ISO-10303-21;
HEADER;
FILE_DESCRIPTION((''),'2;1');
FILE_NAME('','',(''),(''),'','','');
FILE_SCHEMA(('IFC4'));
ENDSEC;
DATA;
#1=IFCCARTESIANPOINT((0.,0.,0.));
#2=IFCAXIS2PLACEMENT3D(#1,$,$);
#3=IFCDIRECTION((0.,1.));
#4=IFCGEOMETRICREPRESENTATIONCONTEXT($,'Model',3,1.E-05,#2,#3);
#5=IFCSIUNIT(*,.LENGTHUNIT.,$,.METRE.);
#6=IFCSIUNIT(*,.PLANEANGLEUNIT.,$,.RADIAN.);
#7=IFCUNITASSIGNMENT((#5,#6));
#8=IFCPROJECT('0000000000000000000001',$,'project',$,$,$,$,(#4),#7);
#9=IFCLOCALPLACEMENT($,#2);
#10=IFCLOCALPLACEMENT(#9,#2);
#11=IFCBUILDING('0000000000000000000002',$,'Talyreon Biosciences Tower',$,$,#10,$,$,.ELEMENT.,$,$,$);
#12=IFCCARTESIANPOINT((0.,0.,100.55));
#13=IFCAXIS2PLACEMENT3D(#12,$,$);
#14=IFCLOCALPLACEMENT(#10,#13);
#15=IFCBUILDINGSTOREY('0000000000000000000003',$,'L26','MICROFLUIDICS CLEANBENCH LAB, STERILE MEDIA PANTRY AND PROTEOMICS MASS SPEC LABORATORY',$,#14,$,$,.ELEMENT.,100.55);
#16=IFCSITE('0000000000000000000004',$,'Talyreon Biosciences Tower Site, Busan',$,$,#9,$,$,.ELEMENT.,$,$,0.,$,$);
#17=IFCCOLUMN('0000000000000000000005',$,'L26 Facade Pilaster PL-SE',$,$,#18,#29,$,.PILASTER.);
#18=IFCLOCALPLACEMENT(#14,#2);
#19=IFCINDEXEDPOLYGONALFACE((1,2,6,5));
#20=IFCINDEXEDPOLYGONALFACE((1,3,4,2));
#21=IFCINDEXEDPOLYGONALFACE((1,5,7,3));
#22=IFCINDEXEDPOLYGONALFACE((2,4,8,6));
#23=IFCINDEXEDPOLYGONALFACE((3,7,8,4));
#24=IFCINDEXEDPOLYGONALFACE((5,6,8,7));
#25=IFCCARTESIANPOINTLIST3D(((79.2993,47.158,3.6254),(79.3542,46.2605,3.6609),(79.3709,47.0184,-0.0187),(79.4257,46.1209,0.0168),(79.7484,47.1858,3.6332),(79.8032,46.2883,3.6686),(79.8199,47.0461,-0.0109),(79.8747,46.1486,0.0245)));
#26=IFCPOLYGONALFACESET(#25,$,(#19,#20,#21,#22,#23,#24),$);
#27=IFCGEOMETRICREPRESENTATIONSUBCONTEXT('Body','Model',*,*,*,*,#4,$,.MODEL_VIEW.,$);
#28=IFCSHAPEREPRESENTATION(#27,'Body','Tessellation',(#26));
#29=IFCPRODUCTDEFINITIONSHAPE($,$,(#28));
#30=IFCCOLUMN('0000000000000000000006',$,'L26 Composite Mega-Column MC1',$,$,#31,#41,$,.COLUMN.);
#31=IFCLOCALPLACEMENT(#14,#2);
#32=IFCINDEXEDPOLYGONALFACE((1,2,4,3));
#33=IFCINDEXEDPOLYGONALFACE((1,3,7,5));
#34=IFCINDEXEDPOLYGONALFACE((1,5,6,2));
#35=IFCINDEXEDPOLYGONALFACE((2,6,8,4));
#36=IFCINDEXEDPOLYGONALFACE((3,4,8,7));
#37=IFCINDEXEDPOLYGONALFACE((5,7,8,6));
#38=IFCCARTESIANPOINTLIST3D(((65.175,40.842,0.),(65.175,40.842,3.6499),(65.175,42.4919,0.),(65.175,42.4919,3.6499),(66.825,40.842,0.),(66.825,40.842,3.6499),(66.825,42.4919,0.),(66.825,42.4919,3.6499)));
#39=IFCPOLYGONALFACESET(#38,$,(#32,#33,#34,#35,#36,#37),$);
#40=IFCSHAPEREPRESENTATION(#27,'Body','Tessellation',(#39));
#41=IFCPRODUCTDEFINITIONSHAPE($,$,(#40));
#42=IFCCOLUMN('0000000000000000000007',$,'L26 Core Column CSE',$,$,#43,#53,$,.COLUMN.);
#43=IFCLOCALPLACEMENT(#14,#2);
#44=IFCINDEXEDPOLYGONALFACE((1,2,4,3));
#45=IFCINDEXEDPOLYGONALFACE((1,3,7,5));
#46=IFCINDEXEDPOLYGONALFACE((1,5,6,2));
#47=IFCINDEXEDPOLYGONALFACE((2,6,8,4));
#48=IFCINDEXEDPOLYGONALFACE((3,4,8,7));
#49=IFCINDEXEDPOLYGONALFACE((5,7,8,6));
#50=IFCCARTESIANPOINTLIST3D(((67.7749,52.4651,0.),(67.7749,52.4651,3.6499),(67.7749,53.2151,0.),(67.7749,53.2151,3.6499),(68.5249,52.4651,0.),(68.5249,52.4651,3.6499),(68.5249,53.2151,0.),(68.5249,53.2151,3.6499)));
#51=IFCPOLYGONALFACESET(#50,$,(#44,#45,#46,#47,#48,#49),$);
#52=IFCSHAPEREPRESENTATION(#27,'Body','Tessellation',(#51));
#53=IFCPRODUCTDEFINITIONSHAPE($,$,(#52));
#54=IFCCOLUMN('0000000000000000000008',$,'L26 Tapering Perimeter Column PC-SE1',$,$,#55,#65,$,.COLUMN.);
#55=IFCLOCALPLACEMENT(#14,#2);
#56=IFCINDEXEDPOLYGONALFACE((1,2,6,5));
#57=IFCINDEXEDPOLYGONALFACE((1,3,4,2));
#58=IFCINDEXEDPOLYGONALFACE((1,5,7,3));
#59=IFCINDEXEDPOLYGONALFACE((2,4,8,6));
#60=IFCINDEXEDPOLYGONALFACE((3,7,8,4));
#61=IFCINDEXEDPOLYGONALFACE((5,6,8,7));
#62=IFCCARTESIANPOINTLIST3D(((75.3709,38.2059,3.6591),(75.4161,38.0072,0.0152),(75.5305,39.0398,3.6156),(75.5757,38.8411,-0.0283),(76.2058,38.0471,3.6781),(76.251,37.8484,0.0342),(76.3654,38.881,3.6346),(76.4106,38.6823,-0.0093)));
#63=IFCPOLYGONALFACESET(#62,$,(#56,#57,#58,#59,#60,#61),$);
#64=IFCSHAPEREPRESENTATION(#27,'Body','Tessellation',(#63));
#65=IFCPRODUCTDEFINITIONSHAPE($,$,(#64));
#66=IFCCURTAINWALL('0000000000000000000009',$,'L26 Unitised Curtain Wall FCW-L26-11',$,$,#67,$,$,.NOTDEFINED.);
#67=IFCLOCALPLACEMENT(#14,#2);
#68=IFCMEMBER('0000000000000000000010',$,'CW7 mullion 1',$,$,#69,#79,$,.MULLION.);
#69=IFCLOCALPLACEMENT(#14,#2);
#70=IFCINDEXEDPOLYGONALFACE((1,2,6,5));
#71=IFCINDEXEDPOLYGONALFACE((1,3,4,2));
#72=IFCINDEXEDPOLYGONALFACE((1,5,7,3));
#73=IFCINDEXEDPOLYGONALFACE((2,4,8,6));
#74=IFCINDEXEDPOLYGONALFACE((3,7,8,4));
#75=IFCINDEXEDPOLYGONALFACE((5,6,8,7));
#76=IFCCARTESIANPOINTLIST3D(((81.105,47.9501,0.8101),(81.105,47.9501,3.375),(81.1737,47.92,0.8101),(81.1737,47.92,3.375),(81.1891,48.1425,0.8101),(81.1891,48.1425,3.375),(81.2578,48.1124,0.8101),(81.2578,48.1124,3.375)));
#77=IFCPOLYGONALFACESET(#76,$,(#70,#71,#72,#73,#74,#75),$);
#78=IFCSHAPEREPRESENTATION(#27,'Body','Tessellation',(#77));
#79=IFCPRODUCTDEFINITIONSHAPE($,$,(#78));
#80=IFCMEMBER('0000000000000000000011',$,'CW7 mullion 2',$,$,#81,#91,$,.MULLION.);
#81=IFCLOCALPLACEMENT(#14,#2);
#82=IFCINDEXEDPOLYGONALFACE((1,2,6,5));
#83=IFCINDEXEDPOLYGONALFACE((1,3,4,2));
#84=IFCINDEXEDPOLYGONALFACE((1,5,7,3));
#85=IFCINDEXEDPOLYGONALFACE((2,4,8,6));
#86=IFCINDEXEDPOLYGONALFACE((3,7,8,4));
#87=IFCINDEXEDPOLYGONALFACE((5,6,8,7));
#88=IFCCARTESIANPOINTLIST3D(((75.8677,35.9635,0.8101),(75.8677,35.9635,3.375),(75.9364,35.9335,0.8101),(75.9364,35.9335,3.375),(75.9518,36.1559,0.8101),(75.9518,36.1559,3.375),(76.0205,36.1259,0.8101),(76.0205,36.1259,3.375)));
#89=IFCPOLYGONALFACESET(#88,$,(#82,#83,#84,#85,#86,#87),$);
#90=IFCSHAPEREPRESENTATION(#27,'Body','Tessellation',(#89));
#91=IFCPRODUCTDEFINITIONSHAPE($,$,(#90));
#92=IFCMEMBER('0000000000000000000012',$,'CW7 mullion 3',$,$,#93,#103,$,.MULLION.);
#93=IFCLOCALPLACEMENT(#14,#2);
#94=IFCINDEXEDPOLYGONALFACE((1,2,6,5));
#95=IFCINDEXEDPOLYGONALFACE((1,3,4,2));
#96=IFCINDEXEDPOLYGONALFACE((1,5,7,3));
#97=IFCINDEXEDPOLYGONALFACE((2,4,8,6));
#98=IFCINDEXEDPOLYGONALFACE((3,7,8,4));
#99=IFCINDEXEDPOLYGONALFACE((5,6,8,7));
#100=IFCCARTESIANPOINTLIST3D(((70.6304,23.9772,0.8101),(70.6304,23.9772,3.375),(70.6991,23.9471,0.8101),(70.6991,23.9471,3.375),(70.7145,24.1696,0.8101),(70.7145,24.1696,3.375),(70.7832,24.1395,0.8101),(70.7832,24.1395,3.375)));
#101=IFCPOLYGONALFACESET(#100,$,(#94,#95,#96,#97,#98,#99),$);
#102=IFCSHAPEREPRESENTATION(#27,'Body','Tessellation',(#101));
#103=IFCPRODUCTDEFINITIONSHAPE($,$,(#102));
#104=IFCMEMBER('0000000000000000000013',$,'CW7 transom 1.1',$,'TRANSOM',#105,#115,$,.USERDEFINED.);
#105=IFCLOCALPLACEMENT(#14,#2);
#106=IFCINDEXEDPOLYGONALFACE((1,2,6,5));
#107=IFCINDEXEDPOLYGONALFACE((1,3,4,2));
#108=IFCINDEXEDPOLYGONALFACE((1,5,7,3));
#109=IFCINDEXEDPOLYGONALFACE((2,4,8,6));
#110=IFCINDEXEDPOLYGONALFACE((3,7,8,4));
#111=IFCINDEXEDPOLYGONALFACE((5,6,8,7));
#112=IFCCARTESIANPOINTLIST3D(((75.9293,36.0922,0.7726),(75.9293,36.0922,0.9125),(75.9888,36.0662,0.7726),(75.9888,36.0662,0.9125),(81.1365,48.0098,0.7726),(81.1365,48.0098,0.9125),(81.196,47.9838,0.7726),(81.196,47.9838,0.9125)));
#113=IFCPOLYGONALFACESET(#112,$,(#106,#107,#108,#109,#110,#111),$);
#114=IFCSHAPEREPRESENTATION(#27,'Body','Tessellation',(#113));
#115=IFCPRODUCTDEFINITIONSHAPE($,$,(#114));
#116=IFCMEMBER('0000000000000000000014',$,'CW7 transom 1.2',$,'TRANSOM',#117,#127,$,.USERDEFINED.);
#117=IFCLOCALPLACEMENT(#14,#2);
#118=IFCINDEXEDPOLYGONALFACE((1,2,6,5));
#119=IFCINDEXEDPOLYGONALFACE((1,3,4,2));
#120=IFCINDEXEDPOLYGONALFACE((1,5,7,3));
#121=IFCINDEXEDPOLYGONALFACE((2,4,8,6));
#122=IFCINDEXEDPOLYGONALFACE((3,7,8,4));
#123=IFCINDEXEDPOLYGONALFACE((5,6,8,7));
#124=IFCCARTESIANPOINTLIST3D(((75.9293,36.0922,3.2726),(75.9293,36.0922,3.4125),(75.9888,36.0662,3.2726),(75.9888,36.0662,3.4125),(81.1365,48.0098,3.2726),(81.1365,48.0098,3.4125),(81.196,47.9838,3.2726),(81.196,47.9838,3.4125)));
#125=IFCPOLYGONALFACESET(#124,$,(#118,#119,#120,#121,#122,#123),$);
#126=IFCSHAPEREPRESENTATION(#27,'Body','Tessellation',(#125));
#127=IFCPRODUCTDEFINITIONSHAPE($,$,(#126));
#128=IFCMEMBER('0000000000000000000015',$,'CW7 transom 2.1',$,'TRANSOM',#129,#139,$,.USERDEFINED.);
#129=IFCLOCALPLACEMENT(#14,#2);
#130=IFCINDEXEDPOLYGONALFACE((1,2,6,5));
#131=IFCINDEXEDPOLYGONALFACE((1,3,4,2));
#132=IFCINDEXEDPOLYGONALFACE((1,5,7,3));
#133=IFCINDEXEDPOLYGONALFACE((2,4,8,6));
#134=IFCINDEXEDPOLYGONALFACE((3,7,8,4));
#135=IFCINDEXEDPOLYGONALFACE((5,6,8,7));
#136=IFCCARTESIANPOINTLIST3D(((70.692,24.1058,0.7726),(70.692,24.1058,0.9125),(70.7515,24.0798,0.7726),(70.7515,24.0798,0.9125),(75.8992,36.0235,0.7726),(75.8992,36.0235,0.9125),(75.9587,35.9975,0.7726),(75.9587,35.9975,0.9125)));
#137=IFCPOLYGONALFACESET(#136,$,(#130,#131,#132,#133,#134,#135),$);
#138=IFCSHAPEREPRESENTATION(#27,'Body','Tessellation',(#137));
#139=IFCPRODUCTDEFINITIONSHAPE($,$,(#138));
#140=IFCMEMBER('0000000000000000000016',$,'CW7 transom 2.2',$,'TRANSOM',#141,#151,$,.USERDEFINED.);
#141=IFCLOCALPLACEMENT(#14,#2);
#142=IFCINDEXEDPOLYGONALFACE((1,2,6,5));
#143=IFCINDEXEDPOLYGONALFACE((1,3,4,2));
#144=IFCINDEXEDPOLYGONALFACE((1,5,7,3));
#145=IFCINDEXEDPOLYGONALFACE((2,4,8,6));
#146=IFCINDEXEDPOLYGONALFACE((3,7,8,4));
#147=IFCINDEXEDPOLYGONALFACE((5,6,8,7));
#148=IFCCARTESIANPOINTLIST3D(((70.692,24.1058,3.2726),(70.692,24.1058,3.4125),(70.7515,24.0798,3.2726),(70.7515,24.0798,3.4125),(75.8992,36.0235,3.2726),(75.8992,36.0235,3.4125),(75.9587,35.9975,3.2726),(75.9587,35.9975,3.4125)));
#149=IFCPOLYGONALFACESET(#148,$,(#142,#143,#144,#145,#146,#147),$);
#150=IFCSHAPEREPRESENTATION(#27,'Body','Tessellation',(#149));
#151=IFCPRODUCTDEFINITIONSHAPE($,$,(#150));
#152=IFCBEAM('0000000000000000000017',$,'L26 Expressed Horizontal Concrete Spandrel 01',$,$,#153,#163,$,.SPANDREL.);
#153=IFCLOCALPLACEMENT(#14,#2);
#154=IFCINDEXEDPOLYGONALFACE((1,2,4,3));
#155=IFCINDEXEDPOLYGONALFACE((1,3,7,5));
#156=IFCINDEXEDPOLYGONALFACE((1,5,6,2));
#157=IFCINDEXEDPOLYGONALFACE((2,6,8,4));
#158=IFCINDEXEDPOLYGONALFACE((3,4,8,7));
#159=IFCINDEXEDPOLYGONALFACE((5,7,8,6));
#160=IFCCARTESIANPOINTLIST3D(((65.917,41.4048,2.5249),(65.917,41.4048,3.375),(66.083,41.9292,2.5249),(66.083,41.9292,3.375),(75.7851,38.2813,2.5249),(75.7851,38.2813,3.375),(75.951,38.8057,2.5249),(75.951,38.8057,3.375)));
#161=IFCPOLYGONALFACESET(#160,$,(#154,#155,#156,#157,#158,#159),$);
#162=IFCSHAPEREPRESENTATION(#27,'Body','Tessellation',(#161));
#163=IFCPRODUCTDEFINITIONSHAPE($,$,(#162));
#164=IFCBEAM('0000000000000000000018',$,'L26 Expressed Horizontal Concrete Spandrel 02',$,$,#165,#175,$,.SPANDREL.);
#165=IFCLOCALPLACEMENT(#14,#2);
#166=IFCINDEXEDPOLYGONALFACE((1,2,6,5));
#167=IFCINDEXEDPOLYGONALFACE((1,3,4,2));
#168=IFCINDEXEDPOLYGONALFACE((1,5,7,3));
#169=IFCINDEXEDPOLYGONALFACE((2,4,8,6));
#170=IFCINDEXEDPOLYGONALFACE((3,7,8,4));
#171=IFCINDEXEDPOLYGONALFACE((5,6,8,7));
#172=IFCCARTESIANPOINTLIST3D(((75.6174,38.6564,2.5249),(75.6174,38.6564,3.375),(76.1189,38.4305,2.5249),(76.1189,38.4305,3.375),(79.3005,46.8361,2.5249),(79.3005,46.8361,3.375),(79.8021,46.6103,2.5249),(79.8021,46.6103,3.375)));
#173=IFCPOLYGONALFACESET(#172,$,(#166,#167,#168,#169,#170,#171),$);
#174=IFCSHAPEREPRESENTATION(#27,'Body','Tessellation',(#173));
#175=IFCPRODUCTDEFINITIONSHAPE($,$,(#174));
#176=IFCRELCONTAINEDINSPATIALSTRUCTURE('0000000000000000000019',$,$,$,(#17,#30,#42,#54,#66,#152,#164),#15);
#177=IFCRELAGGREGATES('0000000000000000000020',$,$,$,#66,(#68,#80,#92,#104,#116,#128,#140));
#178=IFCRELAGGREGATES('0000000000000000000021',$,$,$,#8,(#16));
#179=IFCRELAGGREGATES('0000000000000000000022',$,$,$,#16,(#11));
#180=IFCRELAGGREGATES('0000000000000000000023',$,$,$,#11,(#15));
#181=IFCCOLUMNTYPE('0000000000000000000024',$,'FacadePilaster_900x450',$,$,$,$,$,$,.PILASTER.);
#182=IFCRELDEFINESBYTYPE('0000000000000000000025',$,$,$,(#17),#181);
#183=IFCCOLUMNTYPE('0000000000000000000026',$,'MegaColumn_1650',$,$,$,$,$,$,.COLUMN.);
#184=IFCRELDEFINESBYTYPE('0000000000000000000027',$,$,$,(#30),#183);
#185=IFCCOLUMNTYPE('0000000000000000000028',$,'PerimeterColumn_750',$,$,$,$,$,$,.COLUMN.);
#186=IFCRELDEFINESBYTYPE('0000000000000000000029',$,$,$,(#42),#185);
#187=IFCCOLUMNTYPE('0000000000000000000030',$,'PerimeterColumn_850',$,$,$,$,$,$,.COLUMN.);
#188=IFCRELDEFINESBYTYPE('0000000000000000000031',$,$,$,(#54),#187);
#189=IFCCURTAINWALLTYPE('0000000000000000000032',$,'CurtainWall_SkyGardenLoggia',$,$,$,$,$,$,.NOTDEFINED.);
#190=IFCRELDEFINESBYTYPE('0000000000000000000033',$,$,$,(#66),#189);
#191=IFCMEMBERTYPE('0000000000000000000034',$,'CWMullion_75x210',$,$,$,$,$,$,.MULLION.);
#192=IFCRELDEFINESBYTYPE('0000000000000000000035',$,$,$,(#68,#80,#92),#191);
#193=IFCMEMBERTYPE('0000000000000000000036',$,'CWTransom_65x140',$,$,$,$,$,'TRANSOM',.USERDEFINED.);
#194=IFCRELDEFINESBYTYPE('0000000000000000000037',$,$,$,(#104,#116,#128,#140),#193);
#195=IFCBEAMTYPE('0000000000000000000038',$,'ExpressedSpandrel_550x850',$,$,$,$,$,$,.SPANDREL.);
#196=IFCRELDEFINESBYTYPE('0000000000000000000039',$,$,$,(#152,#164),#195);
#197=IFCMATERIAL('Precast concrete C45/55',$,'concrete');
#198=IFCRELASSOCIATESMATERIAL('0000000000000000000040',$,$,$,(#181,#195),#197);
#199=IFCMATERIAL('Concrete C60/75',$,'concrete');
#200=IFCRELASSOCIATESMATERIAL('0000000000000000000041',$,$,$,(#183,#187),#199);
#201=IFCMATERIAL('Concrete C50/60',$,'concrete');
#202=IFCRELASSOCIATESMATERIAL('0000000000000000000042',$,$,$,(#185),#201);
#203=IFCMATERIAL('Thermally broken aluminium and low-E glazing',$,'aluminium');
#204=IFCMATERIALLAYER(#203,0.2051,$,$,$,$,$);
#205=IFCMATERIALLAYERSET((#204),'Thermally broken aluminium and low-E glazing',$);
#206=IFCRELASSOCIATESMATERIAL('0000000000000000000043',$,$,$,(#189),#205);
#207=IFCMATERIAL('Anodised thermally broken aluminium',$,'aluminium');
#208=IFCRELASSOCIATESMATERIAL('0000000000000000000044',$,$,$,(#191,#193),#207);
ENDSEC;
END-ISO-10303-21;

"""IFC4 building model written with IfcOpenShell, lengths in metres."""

from ifc_helpers import new_model, si_unit, direction, frame, origin, origin_2d, place, context, subcontext, project, spatial, rectangle, extrude, material, layer, layer_set, material_profile, profile_set, type_object, element, aggregate, save


model = new_model("IFC4")

# Units and contexts
model_context = context("Model", 3, precision=1e-05, world=origin(), true_north=direction((0.0, 1.0)))
body_context = subcontext(model_context, "Body", "Model", "MODEL_VIEW")
ifc_project = project(units=[si_unit("LENGTHUNIT", "METRE"), si_unit("PLANEANGLEUNIT", "RADIAN")], contexts=[model_context])

# Site, building, storey
site_placement = place(None, origin())
site = spatial("IfcSite", under=ifc_project, at=site_placement, Name="Talyreon Biosciences Tower Site, Busan", CompositionType="ELEMENT", RefElevation=0.0)
building_placement = place(site_placement, origin())
building = spatial("IfcBuilding", under=site, at=building_placement, Name="Talyreon Biosciences Tower", CompositionType="ELEMENT")
storey_placement = place(building_placement, frame((0.0, 0.0, 100.55)))
storey = spatial("IfcBuildingStorey", under=building, at=storey_placement, Name="L26", Description="MICROFLUIDICS CLEANBENCH LAB, STERILE MEDIA PANTRY AND PROTEOMICS MASS SPEC LABORATORY", CompositionType="ELEMENT", Elevation=100.55)

# Columns
ifc_material_1 = material(Name="Precast concrete C45/55", Category="concrete")
ifc_material_profile_1 = material_profile(ifc_material_1, rectangle(XDim=0.8999, YDim=0.45, at=origin_2d()), Name="RC 900x450")
ifc_profile_set_1 = profile_set([ifc_material_profile_1], Name="Precast concrete C45/55")
column_type_1 = type_object("IfcColumnType", Name="FacadePilaster_900x450", PredefinedType="PILASTER", material=ifc_profile_set_1)
column_1_placement = place(storey_placement, frame((79.6228, 46.5835, 0.0029), z_axis=(-0.019612, 0.038287, 0.999074), x_axis=(0.060962, -0.997361, 0.039418)))
element("IfcColumn", 1, at=column_1_placement, inside=storey, type_object=column_type_1, Name="L26 Facade Pilaster PL-SE", PredefinedType="PILASTER", context=body_context, shape_type="SweptSolid", body=[
    extrude(rectangle(XDim=0.8999, YDim=0.45, at=origin_2d()), origin(), (0.0, 0.0, 1.0), 3.6475),
])
ifc_material_2 = material(Name="Concrete C60/75", Category="concrete")
ifc_material_profile_2 = material_profile(ifc_material_2, rectangle(XDim=1.6499, YDim=1.6499, at=origin_2d()), Name="RC 1650x1650")
ifc_profile_set_2 = profile_set([ifc_material_profile_2], Name="Concrete C60/75")
column_type_2 = type_object("IfcColumnType", Name="MegaColumn_1650", PredefinedType="COLUMN", material=ifc_profile_set_2)
column_2_placement = place(storey_placement, frame((66.0, 41.667, 0.0), z_axis=(0.0, 0.0, 1.0), x_axis=(1.0, 0.0, 0.0)))
element("IfcColumn", 2, at=column_2_placement, inside=storey, type_object=column_type_2, Name="L26 Composite Mega-Column MC1", PredefinedType="COLUMN", context=body_context, shape_type="SweptSolid", body=[
    extrude(rectangle(XDim=1.6499, YDim=1.6499, at=origin_2d()), origin(), (0.0, 0.0, 1.0), 3.6499),
])
ifc_material_3 = material(Name="Concrete C50/60", Category="concrete")
ifc_material_profile_3 = material_profile(ifc_material_3, rectangle(XDim=0.75, YDim=0.75, at=origin_2d()), Name="RC 750x750")
ifc_profile_set_3 = profile_set([ifc_material_profile_3], Name="Concrete C50/60")
column_type_3 = type_object("IfcColumnType", Name="PerimeterColumn_750", PredefinedType="COLUMN", material=ifc_profile_set_3)
column_3_placement = place(storey_placement, frame((68.1499, 52.8401, 0.0), z_axis=(0.0, 0.0, 1.0), x_axis=(1.0, 0.0, 0.0)))
element("IfcColumn", 3, at=column_3_placement, inside=storey, type_object=column_type_3, Name="L26 Core Column CSE", PredefinedType="COLUMN", context=body_context, shape_type="SweptSolid", body=[
    extrude(rectangle(XDim=0.75, YDim=0.75, at=origin_2d()), origin(), (0.0, 0.0, 1.0), 3.6499),
])
ifc_material_profile_4 = material_profile(ifc_material_2, rectangle(XDim=0.8501, YDim=0.8501, at=origin_2d()), Name="RC 850x850")
ifc_profile_set_4 = profile_set([ifc_material_profile_4], Name="Concrete C60/75")
column_type_4 = type_object("IfcColumnType", Name="PerimeterColumn_850", PredefinedType="COLUMN", material=ifc_profile_set_4)
column_4_placement = place(storey_placement, frame((75.9133, 38.3447, 0.0029), z_axis=(-0.012375, 0.054451, 0.99844), x_axis=(-0.187728, -0.980887, 0.051167)))
element("IfcColumn", 4, at=column_4_placement, inside=storey, type_object=column_type_4, Name="L26 Tapering Perimeter Column PC-SE1", PredefinedType="COLUMN", context=body_context, shape_type="SweptSolid", body=[
    extrude(rectangle(XDim=0.8501, YDim=0.8501, at=origin_2d()), origin(), (0.0, 0.0, 1.0), 3.6497),
])

# Curtain wall, members
ifc_material_4 = material(Name="Thermally broken aluminium and low-E glazing", Category="aluminium")
ifc_layer_1 = layer(ifc_material_4, 0.2051)
ifc_layer_set_1 = layer_set([ifc_layer_1], Name="Thermally broken aluminium and low-E glazing")
curtain_wall_type = type_object("IfcCurtainWallType", Name="CurtainWall_SkyGardenLoggia", PredefinedType="NOTDEFINED", material=ifc_layer_set_1)
curtain_wall_placement = place(storey_placement, origin())
curtain_wall = element("IfcCurtainWall", 5, at=curtain_wall_placement, inside=storey, type_object=curtain_wall_type, Name="L26 Unitised Curtain Wall FCW-L26-11", PredefinedType="NOTDEFINED")
ifc_material_5 = material(Name="Anodised thermally broken aluminium", Category="aluminium")
ifc_material_profile_5 = material_profile(ifc_material_5, rectangle(XDim=0.075, YDim=0.21, at=origin_2d()), Name="ALUM MULLION 75x210")
ifc_profile_set_5 = profile_set([ifc_material_profile_5], Name="Anodised thermally broken aluminium")
member_type_1 = type_object("IfcMemberType", Name="CWMullion_75x210", PredefinedType="MULLION", material=ifc_profile_set_5)
member_1_placement = place(storey_placement, frame((81.1814, 48.0312, 0.8101), z_axis=(0.0, 0.0, 1.0), x_axis=(0.916346, -0.400388, 0.0)))
member_1 = element("IfcMember", 6, at=member_1_placement, type_object=member_type_1, Name="CW7 mullion 1", PredefinedType="MULLION", context=body_context, shape_type="SweptSolid", body=[
    extrude(rectangle(XDim=0.075, YDim=0.21, at=origin_2d()), origin(), (0.0, 0.0, 1.0), 2.5649),
])
member_2_placement = place(storey_placement, frame((75.9441, 36.0447, 0.8101), z_axis=(0.0, 0.0, 1.0), x_axis=(0.916346, -0.400388, 0.0)))
member_2 = element("IfcMember", 7, at=member_2_placement, type_object=member_type_1, Name="CW7 mullion 2", PredefinedType="MULLION", context=body_context, shape_type="SweptSolid", body=[
    extrude(rectangle(XDim=0.075, YDim=0.21, at=origin_2d()), origin(), (0.0, 0.0, 1.0), 2.5649),
])
member_3_placement = place(storey_placement, frame((70.7068, 24.0583, 0.8101), z_axis=(0.0, 0.0, 1.0), x_axis=(0.916346, -0.400388, 0.0)))
member_3 = element("IfcMember", 8, at=member_3_placement, type_object=member_type_1, Name="CW7 mullion 3", PredefinedType="MULLION", context=body_context, shape_type="SweptSolid", body=[
    extrude(rectangle(XDim=0.075, YDim=0.21, at=origin_2d()), origin(), (0.0, 0.0, 1.0), 2.5649),
])
ifc_material_profile_6 = material_profile(ifc_material_5, rectangle(XDim=0.0649, YDim=0.1399, at=origin_2d()), Name="ALUM TRANSOM 65x140")
ifc_profile_set_6 = profile_set([ifc_material_profile_6], Name="Anodised thermally broken aluminium")
member_type_2 = type_object("IfcMemberType", Name="CWTransom_65x140", ElementType="TRANSOM", PredefinedType="USERDEFINED", material=ifc_profile_set_6)
member_4_placement = place(storey_placement, frame((81.1663, 47.9968, 0.8425), z_axis=(-0.400385, -0.916347, 0.0), x_axis=(0.916347, -0.400385, 0.0)))
member_4 = element("IfcMember", 9, at=member_4_placement, type_object=member_type_2, Name="CW7 transom 1.1", ObjectType="TRANSOM", PredefinedType="USERDEFINED", context=body_context, shape_type="SweptSolid", body=[
    extrude(rectangle(XDim=0.0649, YDim=0.1399, at=origin_2d()), origin(), (0.0, 0.0, 1.0), 13.0056),
])
member_5_placement = place(storey_placement, frame((81.1663, 47.9968, 3.3425), z_axis=(-0.400385, -0.916347, 0.0), x_axis=(0.916347, -0.400385, 0.0)))
member_5 = element("IfcMember", 10, at=member_5_placement, type_object=member_type_2, Name="CW7 transom 1.2", ObjectType="TRANSOM", PredefinedType="USERDEFINED", context=body_context, shape_type="SweptSolid", body=[
    extrude(rectangle(XDim=0.0649, YDim=0.1399, at=origin_2d()), origin(), (0.0, 0.0, 1.0), 13.0056),
])
member_6_placement = place(storey_placement, frame((75.929, 36.0105, 0.8425), z_axis=(-0.400385, -0.916347, 0.0), x_axis=(0.916347, -0.400385, 0.0)))
member_6 = element("IfcMember", 11, at=member_6_placement, type_object=member_type_2, Name="CW7 transom 2.1", ObjectType="TRANSOM", PredefinedType="USERDEFINED", context=body_context, shape_type="SweptSolid", body=[
    extrude(rectangle(XDim=0.0649, YDim=0.1399, at=origin_2d()), origin(), (0.0, 0.0, 1.0), 13.0056),
])
member_7_placement = place(storey_placement, frame((75.929, 36.0105, 3.3425), z_axis=(-0.400385, -0.916347, 0.0), x_axis=(0.916347, -0.400385, 0.0)))
member_7 = element("IfcMember", 12, at=member_7_placement, type_object=member_type_2, Name="CW7 transom 2.2", ObjectType="TRANSOM", PredefinedType="USERDEFINED", context=body_context, shape_type="SweptSolid", body=[
    extrude(rectangle(XDim=0.0649, YDim=0.1399, at=origin_2d()), origin(), (0.0, 0.0, 1.0), 13.0056),
])

# Beams
ifc_material_profile_7 = material_profile(ifc_material_1, rectangle(XDim=0.55, YDim=0.8501, at=origin_2d()), Name="RCB 550x850")
ifc_profile_set_7 = profile_set([ifc_material_profile_7], Name="Precast concrete C45/55")
beam_type_1 = type_object("IfcBeamType", Name="ExpressedSpandrel_550x850", PredefinedType="SPANDREL", material=ifc_profile_set_7)
beam_1_placement = place(storey_placement, frame((66.0, 41.667, 2.95), z_axis=(0.953381, -0.30177, 0.0), x_axis=(0.30177, 0.953381, 0.0)))
element("IfcBeam", 13, at=beam_1_placement, inside=storey, type_object=beam_type_1, Name="L26 Expressed Horizontal Concrete Spandrel 01", PredefinedType="SPANDREL", context=body_context, shape_type="SweptSolid", body=[
    extrude(rectangle(XDim=0.55, YDim=0.8501, at=origin_2d()), origin(), (0.0, 0.0, 1.0), 10.3506),
])
beam_2_placement = place(storey_placement, frame((75.8682, 38.5435, 2.95), z_axis=(0.410573, 0.911828, 0.0), x_axis=(-0.911828, 0.410573, 0.0)))
element("IfcBeam", 14, at=beam_2_placement, inside=storey, type_object=beam_type_1, Name="L26 Expressed Horizontal Concrete Spandrel 02", PredefinedType="SPANDREL", context=body_context, shape_type="SweptSolid", body=[
    extrude(rectangle(XDim=0.55, YDim=0.8501, at=origin_2d()), origin(), (0.0, 0.0, 1.0), 8.9707),
])

aggregate(curtain_wall, [member_1, member_2, member_3, member_4, member_5, member_6, member_7])

save(model, "model.ifc")
